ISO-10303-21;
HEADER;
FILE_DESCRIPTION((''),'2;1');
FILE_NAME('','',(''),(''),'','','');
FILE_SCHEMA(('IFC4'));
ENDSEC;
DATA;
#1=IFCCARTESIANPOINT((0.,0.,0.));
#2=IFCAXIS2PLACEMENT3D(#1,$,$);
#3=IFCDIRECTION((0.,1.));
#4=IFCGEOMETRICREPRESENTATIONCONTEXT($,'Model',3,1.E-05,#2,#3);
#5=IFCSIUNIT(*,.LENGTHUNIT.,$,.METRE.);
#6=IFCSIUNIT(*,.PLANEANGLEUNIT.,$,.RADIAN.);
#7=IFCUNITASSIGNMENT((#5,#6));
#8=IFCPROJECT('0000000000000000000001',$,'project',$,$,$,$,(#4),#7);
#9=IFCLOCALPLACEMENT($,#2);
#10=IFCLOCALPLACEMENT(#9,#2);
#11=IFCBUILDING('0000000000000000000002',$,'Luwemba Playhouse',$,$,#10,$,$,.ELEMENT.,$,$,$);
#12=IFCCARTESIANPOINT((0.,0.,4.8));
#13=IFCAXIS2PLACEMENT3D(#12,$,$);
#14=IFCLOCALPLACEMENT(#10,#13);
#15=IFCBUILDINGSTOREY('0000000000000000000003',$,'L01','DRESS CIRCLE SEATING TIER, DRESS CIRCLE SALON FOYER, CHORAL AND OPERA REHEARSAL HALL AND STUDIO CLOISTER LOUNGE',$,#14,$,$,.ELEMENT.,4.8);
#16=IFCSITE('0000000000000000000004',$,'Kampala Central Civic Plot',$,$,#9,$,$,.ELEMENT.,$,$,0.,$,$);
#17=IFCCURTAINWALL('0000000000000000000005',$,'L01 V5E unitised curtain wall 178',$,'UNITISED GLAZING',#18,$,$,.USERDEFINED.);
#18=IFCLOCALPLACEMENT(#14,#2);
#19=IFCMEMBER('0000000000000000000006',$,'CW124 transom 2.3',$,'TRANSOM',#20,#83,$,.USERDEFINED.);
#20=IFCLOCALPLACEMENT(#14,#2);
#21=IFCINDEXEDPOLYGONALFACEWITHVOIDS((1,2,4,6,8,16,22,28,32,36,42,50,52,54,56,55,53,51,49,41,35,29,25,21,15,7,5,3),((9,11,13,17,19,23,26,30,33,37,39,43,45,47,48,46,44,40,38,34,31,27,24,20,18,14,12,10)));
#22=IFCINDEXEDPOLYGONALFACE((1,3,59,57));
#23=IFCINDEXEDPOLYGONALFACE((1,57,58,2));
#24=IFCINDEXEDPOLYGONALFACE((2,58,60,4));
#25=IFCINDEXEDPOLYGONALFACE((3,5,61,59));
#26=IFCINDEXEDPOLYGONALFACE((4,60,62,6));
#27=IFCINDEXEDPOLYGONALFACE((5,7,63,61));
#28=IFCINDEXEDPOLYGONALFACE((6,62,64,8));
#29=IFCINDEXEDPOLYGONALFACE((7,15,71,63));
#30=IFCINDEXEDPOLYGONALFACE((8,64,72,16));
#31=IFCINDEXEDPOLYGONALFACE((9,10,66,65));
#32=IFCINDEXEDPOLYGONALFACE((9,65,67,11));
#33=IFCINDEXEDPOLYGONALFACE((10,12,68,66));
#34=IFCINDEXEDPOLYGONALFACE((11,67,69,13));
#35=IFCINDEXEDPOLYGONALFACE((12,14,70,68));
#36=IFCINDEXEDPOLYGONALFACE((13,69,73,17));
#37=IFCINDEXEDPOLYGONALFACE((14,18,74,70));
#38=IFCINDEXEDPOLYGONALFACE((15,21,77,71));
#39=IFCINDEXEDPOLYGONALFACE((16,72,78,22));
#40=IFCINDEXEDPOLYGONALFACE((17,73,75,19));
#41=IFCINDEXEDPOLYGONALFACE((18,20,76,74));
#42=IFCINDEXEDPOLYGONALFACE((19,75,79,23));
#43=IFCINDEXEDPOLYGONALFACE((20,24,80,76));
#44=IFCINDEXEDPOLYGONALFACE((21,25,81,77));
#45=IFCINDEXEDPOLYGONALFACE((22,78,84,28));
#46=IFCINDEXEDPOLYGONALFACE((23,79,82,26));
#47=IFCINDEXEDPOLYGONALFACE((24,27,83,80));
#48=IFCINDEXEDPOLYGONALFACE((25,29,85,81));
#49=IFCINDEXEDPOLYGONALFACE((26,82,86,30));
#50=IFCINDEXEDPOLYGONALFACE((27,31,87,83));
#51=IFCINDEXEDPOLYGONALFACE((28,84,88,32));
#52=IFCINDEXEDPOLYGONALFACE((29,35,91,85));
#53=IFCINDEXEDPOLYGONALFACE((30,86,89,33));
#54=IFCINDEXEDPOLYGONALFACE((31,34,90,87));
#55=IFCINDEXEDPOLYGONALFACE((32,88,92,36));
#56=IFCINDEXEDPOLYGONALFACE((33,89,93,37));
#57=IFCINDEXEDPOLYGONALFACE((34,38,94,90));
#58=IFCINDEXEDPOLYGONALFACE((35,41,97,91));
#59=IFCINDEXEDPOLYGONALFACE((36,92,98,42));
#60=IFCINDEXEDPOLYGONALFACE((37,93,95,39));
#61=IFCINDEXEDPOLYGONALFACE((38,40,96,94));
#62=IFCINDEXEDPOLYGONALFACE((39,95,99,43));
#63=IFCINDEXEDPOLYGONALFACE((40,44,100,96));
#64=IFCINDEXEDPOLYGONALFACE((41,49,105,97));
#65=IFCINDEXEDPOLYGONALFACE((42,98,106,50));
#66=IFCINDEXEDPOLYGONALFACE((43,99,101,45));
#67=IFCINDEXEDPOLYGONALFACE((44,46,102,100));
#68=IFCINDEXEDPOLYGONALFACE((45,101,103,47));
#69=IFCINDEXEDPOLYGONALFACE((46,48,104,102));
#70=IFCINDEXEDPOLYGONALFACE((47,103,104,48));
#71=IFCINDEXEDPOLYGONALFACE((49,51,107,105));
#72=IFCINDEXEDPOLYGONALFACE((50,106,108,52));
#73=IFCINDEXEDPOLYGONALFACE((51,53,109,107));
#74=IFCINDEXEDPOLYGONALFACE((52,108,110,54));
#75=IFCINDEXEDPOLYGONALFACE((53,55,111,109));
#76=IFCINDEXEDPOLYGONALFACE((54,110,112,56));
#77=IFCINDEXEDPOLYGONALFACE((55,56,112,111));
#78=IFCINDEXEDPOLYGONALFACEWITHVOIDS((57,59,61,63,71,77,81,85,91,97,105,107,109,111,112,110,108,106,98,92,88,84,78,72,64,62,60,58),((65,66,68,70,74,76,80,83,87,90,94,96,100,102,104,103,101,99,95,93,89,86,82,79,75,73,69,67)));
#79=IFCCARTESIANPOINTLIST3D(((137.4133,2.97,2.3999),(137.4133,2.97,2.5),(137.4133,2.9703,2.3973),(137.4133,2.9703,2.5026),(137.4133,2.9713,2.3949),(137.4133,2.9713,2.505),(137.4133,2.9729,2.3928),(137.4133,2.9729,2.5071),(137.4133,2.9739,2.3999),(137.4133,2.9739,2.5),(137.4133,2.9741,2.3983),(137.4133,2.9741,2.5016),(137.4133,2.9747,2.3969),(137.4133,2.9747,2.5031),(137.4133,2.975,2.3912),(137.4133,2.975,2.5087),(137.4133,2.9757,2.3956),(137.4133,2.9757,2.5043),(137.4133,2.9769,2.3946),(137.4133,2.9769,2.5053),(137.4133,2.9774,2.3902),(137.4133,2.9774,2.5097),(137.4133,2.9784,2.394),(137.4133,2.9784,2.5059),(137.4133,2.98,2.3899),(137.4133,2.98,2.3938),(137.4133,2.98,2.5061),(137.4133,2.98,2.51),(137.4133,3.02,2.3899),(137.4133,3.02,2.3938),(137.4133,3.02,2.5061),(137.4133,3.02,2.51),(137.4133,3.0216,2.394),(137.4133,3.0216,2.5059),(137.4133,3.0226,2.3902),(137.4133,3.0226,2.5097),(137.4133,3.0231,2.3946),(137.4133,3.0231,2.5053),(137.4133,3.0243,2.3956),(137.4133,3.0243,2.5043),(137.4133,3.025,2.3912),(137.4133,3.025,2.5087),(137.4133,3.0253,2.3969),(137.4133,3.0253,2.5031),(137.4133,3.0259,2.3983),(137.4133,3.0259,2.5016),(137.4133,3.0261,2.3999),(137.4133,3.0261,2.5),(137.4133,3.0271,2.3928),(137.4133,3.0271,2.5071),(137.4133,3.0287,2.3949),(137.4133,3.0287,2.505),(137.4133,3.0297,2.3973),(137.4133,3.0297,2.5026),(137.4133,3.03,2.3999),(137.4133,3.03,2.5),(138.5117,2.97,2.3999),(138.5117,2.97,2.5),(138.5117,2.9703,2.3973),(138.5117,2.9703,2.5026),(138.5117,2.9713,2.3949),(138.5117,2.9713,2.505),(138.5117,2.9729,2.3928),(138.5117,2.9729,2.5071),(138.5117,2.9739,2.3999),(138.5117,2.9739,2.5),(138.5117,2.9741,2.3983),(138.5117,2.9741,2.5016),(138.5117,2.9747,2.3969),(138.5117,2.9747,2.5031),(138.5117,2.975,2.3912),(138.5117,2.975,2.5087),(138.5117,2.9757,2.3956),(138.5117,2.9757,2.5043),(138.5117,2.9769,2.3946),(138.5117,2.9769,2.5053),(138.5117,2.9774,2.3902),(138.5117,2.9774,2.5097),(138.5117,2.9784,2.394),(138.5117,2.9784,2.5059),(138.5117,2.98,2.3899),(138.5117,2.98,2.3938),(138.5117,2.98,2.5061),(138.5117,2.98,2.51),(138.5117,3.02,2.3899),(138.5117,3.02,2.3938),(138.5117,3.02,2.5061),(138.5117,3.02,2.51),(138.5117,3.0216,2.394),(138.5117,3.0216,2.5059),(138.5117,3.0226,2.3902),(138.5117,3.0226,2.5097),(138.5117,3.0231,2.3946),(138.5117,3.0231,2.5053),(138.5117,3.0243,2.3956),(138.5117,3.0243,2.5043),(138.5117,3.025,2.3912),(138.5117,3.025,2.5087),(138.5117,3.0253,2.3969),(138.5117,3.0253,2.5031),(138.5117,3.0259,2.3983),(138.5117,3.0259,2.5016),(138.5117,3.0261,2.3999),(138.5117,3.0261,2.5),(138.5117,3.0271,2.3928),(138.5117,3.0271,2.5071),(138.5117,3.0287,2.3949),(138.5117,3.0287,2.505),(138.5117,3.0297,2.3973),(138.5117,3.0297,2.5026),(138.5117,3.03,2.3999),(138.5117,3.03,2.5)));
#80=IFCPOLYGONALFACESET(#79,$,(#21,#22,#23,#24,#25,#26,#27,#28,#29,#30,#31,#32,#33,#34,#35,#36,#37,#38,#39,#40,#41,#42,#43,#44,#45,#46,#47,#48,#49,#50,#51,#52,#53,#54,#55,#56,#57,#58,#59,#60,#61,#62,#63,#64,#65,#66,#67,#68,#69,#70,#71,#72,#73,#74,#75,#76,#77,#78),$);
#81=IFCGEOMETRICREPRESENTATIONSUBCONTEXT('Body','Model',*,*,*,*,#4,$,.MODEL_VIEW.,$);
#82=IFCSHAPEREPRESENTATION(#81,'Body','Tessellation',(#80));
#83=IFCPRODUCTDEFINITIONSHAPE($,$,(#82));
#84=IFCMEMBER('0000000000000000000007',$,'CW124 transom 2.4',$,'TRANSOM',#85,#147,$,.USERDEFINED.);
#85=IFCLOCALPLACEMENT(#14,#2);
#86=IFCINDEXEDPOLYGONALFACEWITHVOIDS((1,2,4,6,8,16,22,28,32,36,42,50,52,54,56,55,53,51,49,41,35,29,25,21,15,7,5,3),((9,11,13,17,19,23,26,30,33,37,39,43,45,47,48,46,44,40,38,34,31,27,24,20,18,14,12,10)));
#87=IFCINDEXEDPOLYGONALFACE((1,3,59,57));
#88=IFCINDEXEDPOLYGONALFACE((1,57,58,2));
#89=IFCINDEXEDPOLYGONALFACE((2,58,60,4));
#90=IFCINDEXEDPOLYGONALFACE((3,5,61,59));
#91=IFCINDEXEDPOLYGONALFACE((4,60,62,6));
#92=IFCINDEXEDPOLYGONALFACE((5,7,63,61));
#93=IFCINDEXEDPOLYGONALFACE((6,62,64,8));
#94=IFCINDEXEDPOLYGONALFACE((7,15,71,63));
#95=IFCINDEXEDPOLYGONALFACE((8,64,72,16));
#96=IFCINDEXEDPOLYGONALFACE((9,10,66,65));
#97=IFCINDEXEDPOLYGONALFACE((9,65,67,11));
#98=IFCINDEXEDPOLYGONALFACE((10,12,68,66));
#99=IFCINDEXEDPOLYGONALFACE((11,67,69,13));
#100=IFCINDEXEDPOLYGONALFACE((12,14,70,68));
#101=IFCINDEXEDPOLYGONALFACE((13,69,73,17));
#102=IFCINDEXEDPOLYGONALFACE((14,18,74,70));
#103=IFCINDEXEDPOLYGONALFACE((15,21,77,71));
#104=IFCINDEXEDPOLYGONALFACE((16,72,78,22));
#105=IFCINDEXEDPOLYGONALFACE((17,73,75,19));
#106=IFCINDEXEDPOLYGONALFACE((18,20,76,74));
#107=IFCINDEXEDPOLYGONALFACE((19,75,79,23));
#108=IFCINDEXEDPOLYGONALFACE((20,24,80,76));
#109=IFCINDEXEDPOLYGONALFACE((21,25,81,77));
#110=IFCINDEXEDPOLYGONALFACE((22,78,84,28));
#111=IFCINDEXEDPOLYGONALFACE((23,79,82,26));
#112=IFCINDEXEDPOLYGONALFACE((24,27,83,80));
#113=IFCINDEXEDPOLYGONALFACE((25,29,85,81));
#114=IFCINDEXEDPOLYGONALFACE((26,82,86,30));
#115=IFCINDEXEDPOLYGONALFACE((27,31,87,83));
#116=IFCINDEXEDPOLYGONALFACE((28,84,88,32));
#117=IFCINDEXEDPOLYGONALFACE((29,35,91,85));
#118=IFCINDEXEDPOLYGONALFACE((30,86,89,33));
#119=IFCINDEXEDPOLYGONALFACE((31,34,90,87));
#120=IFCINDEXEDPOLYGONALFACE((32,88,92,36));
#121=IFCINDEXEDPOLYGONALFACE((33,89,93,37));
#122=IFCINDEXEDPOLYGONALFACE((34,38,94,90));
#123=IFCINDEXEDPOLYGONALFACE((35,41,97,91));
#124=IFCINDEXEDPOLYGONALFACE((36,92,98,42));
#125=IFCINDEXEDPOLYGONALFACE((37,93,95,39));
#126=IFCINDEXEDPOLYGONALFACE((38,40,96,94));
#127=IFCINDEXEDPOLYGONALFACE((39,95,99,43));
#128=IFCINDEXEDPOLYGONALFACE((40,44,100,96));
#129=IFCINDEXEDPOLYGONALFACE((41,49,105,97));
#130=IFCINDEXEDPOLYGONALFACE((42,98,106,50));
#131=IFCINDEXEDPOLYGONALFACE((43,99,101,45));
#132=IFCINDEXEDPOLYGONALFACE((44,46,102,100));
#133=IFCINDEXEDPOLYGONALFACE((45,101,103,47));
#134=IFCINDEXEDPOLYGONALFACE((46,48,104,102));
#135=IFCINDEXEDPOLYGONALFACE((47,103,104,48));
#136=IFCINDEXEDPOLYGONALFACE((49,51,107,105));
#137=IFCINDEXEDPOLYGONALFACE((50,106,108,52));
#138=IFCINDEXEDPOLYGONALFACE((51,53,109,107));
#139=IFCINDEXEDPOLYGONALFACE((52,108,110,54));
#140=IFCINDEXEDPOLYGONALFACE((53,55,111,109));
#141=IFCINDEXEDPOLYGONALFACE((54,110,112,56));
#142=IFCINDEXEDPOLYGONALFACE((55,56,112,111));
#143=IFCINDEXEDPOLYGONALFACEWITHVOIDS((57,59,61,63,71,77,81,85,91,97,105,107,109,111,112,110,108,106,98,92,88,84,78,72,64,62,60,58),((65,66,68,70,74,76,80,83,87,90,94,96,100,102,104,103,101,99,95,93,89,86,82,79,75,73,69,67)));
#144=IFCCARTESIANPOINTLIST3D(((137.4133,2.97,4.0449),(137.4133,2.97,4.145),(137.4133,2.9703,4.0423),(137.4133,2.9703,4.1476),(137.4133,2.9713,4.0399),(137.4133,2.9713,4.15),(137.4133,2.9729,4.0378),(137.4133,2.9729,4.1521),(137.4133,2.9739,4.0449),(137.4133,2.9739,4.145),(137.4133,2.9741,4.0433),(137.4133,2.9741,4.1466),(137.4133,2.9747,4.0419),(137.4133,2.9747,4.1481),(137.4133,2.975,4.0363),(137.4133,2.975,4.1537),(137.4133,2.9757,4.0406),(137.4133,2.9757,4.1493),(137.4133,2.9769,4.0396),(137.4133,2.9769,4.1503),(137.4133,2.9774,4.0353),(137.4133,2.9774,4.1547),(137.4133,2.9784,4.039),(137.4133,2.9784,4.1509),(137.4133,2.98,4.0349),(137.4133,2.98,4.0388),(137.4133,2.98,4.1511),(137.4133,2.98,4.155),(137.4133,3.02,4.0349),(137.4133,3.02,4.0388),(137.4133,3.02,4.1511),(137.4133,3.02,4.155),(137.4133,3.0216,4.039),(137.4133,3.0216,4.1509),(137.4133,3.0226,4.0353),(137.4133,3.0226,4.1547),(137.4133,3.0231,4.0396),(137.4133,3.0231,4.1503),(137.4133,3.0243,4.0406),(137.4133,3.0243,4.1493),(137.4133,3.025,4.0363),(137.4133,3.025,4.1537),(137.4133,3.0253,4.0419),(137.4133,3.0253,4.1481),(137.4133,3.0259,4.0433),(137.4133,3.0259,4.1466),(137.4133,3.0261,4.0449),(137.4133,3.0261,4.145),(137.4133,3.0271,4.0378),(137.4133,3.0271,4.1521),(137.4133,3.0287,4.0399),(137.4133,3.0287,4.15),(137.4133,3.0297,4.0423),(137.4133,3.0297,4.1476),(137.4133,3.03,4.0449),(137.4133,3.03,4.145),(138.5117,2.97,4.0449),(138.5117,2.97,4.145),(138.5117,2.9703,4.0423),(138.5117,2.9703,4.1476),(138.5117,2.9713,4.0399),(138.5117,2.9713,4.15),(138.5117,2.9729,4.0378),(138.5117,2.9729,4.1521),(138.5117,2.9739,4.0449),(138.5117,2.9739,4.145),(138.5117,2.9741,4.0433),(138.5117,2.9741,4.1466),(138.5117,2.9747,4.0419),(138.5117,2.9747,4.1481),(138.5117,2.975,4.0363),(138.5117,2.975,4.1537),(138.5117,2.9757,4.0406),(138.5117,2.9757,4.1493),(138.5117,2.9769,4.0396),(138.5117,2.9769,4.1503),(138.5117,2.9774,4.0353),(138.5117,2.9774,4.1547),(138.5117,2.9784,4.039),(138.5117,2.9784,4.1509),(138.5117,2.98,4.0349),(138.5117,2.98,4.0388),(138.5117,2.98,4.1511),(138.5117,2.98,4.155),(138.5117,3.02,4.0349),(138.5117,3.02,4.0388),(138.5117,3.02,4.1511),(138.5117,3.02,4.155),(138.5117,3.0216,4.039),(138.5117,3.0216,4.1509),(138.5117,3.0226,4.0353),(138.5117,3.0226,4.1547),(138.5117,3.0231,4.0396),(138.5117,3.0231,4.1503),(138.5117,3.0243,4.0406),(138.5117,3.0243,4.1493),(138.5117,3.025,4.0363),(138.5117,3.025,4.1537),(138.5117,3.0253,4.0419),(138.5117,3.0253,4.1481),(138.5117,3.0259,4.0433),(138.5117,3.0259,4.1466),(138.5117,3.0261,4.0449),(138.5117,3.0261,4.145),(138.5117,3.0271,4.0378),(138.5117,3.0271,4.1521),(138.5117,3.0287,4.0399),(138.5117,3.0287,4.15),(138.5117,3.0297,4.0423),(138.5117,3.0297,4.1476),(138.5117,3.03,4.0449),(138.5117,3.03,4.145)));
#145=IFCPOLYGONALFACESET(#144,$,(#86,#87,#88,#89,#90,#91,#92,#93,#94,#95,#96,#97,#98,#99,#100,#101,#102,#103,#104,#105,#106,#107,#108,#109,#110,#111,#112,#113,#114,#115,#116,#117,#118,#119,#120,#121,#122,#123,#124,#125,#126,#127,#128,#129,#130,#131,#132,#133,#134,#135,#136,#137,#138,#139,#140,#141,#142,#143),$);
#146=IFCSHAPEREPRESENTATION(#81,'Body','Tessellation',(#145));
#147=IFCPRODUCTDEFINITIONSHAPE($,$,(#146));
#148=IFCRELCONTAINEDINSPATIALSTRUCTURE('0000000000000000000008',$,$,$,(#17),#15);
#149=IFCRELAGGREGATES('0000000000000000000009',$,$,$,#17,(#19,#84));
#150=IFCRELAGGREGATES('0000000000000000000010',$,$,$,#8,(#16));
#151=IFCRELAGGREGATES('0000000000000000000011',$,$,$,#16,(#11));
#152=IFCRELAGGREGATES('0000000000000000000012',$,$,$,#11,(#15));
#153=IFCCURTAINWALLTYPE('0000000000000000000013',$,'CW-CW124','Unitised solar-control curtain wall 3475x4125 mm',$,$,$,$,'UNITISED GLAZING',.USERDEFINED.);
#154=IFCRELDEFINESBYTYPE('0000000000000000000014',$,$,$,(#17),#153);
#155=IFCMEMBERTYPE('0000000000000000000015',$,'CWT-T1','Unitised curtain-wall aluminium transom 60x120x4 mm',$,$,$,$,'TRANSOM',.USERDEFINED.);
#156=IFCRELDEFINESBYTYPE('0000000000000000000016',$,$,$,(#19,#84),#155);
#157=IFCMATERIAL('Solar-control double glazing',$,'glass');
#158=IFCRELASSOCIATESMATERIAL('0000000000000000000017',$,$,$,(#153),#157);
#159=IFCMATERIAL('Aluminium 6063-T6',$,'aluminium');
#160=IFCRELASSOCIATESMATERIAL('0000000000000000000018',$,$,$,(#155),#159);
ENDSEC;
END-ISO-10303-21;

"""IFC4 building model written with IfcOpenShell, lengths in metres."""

from ifc_helpers import new_model, si_unit, direction, frame, origin, origin_2d, place, context, subcontext, project, spatial, hollow_rectangle, extrude, material, material_profile, profile_set, type_object, element, aggregate, save


model = new_model("IFC4")

# Units and contexts
model_context = context("Model", 3, precision=1e-05, world=origin(), true_north=direction((0.0, 1.0)))
body_context = subcontext(model_context, "Body", "Model", "MODEL_VIEW")
ifc_project = project(units=[si_unit("LENGTHUNIT", "METRE"), si_unit("PLANEANGLEUNIT", "RADIAN")], contexts=[model_context])

# Site, building, storey
site_placement = place(None, origin())
site = spatial("IfcSite", under=ifc_project, at=site_placement, Name="Kampala Central Civic Plot", CompositionType="ELEMENT", RefElevation=0.0)
building_placement = place(site_placement, origin())
building = spatial("IfcBuilding", under=site, at=building_placement, Name="Luwemba Playhouse", CompositionType="ELEMENT")
storey_placement = place(building_placement, frame((0.0, 0.0, 4.8)))
storey = spatial("IfcBuildingStorey", under=building, at=storey_placement, Name="L01", Description="DRESS CIRCLE SEATING TIER, DRESS CIRCLE SALON FOYER, CHORAL AND OPERA REHEARSAL HALL AND STUDIO CLOISTER LOUNGE", CompositionType="ELEMENT", Elevation=4.8)

# Curtain wall, members
ifc_material_1 = material(Name="Solar-control double glazing", Category="glass")
curtain_wall_type = type_object("IfcCurtainWallType", Name="CW-CW124", Description="Unitised solar-control curtain wall 3475x4125 mm", ElementType="UNITISED GLAZING", PredefinedType="USERDEFINED", material=ifc_material_1)
curtain_wall_placement = place(storey_placement, origin())
curtain_wall = element("IfcCurtainWall", 1, at=curtain_wall_placement, inside=storey, type_object=curtain_wall_type, Name="L01 V5E unitised curtain wall 178", ObjectType="UNITISED GLAZING", PredefinedType="USERDEFINED")
ifc_material_2 = material(Name="Aluminium 6063-T6", Category="aluminium")
ifc_material_profile_1 = material_profile(ifc_material_2, hollow_rectangle(XDim=0.0601, YDim=0.1201, WallThickness=0.0039, InnerFilletRadius=0.0061, OuterFilletRadius=0.01, at=origin_2d()))
ifc_profile_set_1 = profile_set([ifc_material_profile_1], Name="Aluminium 6063-T6")
member_type_1 = type_object("IfcMemberType", Name="CWT-T1", Description="Unitised curtain-wall aluminium transom 60x120x4 mm", ElementType="TRANSOM", PredefinedType="USERDEFINED", material=ifc_profile_set_1)
member_1_placement = place(storey_placement, frame((138.5117, 3.0, 2.45), z_axis=(-1.0, 0.0, 0.0), x_axis=(0.0, -1.0, 0.0)))
member_1 = element("IfcMember", 2, at=member_1_placement, type_object=member_type_1, Name="CW124 transom 2.3", ObjectType="TRANSOM", PredefinedType="USERDEFINED", context=body_context, shape_type="SweptSolid", body=[
    extrude(hollow_rectangle(XDim=0.0601, YDim=0.1201, WallThickness=0.0039, InnerFilletRadius=0.0061, OuterFilletRadius=0.01, at=origin_2d()), origin(), (0.0, 0.0, 1.0), 1.0984),
])
member_2_placement = place(storey_placement, frame((138.5117, 3.0, 4.095), z_axis=(-1.0, 0.0, 0.0), x_axis=(0.0, -1.0, 0.0)))
member_2 = element("IfcMember", 3, at=member_2_placement, type_object=member_type_1, Name="CW124 transom 2.4", ObjectType="TRANSOM", PredefinedType="USERDEFINED", context=body_context, shape_type="SweptSolid", body=[
    extrude(hollow_rectangle(XDim=0.0601, YDim=0.1201, WallThickness=0.0039, InnerFilletRadius=0.0061, OuterFilletRadius=0.01, at=origin_2d()), origin(), (0.0, 0.0, 1.0), 1.0984),
])

aggregate(curtain_wall, [member_1, member_2])

save(model, "model.ifc")
